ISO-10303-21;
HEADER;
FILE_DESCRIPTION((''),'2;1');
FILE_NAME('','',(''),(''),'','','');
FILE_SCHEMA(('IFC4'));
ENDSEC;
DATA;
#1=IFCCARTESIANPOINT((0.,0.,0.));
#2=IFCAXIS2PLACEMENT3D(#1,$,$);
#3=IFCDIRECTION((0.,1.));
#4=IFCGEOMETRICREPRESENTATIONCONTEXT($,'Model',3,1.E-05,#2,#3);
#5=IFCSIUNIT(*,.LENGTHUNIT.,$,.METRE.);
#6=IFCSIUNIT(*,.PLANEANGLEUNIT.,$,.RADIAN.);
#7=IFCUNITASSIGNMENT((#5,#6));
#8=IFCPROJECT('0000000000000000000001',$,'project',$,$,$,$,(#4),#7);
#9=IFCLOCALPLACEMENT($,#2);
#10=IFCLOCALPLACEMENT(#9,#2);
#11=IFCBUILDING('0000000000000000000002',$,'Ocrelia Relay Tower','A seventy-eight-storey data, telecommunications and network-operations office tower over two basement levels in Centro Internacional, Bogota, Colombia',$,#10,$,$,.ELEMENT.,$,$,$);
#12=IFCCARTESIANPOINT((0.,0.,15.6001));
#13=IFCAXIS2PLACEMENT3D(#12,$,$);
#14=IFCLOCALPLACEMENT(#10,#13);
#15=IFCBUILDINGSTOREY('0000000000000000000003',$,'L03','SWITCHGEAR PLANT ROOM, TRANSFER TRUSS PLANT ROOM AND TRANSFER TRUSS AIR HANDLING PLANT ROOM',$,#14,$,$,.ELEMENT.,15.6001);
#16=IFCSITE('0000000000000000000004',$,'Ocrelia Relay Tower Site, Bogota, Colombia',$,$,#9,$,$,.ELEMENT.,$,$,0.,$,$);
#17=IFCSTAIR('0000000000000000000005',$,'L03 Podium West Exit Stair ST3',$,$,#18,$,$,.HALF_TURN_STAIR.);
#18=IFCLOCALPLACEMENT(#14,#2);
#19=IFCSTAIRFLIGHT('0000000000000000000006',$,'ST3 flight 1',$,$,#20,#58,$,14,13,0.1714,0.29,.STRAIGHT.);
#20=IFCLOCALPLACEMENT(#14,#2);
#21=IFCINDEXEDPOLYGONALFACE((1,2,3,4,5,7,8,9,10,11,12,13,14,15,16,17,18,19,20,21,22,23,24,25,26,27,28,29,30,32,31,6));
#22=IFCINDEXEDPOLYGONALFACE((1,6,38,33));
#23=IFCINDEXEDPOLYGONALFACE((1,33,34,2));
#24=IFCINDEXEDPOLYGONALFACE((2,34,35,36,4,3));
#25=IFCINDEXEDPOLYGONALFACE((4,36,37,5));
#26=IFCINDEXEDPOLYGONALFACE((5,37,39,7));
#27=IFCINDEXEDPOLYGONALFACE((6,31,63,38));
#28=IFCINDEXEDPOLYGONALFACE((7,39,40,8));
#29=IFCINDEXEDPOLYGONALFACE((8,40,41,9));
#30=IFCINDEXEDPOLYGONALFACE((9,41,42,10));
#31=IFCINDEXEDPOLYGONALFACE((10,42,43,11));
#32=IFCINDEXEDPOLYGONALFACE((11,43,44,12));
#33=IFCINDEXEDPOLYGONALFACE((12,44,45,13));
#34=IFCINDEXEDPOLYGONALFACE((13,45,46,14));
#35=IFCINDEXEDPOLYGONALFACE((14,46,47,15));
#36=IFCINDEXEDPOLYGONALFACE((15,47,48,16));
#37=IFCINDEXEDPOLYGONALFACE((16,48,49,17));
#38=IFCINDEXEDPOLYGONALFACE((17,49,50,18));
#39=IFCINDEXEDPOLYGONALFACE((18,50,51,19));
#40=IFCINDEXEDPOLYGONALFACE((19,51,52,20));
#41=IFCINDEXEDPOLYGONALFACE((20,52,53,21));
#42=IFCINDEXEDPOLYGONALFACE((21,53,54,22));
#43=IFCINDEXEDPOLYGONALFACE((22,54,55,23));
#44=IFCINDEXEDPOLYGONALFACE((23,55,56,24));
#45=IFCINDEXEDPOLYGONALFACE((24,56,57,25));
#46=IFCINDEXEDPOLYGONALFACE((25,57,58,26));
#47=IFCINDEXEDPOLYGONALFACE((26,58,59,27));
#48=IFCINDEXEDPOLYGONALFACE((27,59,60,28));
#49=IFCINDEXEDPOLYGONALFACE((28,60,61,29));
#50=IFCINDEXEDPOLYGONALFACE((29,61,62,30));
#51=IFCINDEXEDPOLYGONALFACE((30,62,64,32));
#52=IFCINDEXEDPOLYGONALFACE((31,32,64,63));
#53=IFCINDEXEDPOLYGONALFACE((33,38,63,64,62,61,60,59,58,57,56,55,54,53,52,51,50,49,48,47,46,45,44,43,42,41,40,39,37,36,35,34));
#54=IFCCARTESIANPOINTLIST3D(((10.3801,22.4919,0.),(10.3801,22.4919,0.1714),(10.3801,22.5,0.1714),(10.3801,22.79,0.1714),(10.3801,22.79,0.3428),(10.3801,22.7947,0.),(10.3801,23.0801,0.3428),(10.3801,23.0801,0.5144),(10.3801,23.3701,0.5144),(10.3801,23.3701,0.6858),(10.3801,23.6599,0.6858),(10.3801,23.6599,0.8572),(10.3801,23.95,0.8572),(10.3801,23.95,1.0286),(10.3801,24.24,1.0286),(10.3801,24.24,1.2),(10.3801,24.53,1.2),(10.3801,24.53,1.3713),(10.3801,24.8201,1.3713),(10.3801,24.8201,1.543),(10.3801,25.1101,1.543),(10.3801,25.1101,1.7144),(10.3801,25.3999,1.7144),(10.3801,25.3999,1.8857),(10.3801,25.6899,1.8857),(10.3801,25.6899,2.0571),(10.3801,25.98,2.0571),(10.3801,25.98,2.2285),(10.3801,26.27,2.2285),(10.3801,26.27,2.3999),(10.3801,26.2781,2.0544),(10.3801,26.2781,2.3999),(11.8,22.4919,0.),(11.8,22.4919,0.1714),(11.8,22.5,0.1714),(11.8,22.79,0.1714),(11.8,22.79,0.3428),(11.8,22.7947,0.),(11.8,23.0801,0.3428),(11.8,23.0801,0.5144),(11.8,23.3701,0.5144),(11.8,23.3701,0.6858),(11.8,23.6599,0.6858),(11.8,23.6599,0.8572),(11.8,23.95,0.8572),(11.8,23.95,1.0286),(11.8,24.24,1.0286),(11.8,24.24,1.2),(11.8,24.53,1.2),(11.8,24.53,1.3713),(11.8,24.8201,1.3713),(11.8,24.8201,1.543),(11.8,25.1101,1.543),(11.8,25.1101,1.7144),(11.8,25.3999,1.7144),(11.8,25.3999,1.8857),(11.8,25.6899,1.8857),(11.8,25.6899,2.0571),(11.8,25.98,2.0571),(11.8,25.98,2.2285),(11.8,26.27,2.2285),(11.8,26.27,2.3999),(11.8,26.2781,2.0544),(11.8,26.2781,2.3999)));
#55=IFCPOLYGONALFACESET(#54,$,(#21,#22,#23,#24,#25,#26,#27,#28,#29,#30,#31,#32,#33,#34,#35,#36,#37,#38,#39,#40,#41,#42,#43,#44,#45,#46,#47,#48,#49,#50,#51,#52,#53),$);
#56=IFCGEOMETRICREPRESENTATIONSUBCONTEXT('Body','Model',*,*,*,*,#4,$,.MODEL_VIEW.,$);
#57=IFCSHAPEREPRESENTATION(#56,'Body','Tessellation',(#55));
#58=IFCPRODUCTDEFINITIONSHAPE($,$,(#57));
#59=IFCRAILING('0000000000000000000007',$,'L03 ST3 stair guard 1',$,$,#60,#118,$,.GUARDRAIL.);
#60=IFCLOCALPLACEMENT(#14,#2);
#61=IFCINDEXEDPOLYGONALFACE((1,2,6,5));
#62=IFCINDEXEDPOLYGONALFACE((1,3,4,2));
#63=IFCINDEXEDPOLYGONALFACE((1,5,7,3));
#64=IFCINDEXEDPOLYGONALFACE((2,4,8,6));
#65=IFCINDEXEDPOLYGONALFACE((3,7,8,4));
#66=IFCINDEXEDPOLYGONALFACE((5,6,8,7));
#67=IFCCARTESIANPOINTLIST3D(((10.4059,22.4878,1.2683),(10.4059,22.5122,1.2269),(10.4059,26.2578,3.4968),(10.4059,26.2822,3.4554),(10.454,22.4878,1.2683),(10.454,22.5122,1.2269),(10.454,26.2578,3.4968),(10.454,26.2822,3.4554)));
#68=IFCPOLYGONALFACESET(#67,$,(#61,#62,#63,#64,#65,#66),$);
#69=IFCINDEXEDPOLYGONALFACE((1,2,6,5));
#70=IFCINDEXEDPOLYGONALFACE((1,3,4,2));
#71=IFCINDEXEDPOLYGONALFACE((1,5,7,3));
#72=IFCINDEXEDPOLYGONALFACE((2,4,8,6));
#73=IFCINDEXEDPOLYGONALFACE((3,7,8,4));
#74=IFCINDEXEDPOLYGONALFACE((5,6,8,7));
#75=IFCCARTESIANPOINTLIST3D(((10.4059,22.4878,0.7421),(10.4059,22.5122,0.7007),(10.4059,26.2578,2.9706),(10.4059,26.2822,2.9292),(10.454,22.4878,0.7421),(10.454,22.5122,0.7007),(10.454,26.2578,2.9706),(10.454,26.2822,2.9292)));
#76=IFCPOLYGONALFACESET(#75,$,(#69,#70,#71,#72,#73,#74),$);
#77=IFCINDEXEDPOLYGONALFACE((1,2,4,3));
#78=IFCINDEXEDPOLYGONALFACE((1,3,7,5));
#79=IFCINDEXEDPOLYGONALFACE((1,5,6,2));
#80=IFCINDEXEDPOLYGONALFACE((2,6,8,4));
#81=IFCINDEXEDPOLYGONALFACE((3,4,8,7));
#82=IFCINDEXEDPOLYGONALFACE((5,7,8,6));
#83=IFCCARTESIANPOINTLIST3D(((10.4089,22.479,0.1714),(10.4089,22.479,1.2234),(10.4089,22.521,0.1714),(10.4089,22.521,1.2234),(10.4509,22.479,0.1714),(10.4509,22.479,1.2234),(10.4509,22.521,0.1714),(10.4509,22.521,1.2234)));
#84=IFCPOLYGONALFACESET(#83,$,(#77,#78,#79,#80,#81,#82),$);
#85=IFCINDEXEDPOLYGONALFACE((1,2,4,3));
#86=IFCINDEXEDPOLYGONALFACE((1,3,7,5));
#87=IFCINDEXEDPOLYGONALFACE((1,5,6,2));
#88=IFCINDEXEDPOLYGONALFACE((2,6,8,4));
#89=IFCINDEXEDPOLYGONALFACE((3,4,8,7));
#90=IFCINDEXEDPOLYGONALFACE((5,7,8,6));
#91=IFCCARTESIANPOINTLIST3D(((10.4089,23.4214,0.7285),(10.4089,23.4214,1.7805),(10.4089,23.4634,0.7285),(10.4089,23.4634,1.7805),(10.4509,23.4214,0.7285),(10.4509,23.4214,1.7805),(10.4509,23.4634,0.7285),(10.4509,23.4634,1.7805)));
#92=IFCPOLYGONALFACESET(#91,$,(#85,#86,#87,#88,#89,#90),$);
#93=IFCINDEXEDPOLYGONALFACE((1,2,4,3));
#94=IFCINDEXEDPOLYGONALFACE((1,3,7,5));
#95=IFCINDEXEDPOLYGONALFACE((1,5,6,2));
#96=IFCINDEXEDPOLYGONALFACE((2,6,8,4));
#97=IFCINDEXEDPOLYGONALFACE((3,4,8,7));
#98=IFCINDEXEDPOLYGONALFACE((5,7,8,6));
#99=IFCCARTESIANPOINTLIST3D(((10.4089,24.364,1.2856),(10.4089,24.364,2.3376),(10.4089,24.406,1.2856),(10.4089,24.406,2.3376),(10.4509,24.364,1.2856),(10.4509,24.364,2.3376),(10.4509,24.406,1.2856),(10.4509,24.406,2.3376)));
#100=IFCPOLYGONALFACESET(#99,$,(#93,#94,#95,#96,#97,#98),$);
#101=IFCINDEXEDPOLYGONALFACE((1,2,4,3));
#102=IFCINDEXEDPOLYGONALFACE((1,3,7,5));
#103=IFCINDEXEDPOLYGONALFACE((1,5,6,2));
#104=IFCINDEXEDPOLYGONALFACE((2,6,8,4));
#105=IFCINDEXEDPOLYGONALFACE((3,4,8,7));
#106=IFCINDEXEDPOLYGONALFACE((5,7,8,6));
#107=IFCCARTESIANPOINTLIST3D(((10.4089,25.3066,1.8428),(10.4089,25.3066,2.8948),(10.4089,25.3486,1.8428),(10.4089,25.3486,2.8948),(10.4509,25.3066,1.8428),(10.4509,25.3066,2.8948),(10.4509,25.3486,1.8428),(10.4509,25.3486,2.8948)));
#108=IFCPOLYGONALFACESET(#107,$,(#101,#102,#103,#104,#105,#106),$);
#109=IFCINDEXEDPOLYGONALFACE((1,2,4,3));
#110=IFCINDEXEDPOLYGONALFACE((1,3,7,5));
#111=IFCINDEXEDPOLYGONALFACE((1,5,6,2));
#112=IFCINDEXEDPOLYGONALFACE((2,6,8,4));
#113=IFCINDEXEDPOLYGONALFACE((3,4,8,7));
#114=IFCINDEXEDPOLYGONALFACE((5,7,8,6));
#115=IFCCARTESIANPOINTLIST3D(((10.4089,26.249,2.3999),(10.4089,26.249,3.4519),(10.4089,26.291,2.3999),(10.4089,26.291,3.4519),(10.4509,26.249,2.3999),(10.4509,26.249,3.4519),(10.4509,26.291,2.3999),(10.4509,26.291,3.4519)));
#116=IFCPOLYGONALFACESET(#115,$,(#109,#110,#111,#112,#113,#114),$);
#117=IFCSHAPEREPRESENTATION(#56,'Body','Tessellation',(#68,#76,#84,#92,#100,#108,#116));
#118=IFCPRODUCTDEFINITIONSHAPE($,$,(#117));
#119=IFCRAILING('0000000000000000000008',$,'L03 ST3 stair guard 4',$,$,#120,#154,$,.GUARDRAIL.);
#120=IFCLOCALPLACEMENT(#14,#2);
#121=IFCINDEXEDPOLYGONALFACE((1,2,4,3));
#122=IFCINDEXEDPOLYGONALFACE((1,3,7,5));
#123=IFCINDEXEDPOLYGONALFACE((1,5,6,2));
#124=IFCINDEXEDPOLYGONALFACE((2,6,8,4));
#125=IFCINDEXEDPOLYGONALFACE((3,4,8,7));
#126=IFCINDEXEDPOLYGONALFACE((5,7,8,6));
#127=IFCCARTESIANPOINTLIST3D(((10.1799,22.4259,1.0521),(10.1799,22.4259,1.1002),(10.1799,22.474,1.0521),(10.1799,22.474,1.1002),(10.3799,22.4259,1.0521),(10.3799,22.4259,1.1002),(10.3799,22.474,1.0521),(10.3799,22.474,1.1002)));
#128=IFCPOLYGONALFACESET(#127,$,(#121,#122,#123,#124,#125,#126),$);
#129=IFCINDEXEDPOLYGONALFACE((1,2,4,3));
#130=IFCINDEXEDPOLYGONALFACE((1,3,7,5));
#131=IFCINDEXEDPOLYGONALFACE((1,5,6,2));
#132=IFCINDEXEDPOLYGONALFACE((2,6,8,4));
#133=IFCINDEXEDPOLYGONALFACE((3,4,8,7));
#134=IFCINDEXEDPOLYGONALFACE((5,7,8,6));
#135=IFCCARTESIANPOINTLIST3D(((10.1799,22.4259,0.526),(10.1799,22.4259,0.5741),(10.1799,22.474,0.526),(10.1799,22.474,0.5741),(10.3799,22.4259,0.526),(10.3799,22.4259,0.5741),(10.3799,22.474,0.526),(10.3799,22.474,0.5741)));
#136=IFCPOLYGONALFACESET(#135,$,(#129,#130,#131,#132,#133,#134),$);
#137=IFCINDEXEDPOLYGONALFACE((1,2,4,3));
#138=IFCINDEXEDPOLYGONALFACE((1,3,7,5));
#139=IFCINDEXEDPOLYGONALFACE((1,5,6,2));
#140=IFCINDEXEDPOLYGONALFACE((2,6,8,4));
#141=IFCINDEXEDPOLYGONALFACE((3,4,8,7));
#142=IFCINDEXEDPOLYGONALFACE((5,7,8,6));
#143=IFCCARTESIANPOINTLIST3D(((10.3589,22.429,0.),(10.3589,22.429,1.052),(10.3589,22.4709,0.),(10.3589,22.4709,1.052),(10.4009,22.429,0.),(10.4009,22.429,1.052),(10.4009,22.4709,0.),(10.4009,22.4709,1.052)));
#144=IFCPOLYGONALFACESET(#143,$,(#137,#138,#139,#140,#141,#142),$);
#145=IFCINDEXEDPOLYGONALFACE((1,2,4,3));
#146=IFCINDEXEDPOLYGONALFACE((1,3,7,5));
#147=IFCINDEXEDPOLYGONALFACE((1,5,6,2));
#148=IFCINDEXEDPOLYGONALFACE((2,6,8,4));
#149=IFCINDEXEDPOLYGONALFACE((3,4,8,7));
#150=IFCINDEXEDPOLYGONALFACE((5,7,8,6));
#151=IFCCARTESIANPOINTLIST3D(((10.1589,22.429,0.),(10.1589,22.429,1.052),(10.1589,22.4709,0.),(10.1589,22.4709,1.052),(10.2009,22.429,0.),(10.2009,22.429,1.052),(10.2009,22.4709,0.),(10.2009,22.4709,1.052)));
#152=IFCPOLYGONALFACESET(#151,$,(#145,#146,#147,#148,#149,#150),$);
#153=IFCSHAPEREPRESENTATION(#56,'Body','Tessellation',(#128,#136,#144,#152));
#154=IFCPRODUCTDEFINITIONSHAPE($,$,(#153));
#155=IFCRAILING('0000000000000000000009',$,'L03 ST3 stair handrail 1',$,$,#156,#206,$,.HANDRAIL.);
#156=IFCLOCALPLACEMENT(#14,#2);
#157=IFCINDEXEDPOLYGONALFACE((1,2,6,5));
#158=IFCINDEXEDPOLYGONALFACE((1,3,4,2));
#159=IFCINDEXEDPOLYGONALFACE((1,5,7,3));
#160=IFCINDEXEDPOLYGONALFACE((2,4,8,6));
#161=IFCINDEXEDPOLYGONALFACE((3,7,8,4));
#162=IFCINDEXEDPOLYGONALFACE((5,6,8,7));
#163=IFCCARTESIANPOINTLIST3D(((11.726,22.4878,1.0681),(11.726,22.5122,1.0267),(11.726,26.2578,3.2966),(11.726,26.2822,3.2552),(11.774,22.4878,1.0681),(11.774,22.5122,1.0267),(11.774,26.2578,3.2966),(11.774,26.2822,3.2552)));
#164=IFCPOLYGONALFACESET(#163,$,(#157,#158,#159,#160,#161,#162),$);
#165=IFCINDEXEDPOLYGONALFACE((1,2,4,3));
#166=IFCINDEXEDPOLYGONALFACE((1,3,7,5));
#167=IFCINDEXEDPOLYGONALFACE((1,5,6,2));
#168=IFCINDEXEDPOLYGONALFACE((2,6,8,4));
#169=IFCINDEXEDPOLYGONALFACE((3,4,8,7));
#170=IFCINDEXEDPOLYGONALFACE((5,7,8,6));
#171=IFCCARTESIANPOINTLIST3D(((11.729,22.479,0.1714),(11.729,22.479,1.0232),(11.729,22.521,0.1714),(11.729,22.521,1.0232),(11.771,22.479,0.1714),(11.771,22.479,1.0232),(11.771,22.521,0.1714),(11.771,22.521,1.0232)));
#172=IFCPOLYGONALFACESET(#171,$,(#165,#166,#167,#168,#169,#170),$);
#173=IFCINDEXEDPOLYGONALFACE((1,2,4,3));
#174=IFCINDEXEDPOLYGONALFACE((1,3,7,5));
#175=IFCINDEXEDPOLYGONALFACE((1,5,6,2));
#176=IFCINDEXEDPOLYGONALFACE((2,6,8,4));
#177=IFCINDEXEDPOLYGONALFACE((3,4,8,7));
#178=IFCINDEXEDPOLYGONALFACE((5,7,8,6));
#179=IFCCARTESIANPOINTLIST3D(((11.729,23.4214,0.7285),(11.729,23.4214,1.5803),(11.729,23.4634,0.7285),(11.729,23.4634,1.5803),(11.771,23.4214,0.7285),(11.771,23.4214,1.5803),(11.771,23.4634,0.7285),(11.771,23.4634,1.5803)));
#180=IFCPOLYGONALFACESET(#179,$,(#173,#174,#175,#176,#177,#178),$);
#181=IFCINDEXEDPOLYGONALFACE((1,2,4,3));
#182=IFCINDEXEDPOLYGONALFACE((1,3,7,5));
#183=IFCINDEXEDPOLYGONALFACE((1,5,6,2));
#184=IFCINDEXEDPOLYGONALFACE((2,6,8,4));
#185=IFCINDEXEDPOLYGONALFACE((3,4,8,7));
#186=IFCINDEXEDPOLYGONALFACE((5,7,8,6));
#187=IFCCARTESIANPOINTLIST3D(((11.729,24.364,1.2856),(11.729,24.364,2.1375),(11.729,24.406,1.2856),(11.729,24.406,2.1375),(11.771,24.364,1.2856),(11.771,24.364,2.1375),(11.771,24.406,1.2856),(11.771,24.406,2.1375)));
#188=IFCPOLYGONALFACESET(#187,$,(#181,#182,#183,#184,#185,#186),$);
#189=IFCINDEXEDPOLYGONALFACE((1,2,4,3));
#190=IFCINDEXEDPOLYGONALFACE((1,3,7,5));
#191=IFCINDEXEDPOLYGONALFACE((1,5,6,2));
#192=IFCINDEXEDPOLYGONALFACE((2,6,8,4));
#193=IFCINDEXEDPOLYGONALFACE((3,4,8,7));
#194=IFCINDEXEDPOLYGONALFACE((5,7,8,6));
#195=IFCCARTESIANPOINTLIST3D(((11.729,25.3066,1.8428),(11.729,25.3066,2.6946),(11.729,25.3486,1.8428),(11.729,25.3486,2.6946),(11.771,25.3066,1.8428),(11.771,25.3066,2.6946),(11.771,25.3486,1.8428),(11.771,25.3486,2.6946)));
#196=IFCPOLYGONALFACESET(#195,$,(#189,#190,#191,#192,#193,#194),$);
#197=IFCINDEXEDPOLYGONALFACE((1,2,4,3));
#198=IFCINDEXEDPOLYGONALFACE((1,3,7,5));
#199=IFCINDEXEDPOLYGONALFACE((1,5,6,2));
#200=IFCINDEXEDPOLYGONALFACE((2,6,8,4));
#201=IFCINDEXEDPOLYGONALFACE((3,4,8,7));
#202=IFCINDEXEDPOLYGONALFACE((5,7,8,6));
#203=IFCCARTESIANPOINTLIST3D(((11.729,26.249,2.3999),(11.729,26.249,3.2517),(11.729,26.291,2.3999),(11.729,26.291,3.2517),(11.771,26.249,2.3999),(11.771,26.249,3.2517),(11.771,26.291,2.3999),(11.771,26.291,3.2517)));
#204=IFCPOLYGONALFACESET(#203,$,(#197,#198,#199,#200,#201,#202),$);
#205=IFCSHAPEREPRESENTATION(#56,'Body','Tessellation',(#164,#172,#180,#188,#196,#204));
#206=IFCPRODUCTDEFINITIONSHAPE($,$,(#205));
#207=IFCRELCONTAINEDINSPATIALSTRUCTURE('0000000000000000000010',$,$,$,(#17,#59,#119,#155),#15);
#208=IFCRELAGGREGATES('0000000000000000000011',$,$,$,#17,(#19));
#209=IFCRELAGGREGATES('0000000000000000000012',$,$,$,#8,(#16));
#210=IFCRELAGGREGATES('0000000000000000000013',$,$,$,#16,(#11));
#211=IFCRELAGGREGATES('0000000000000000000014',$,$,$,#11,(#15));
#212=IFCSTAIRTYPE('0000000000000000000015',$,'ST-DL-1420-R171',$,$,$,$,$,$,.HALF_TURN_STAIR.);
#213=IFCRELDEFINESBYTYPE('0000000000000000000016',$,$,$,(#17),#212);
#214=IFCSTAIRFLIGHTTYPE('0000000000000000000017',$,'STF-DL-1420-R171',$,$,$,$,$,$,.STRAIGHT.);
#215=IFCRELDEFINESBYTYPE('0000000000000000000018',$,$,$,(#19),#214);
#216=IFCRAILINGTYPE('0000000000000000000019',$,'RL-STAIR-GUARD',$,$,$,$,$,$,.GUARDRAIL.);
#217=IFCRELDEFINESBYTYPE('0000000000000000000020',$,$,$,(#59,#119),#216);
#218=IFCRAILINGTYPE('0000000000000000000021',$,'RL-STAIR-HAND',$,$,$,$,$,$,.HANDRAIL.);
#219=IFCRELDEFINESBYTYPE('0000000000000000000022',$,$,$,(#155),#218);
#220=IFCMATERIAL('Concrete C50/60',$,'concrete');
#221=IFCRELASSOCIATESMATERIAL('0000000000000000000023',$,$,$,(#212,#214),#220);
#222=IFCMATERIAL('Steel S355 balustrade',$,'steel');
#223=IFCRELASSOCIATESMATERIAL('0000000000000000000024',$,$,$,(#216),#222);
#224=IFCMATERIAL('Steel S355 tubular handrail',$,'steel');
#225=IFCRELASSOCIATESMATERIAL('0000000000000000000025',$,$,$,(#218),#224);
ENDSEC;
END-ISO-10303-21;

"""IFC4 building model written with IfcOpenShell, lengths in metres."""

from ifc_helpers import new_model, si_unit, direction, frame, origin, origin_2d, place, context, subcontext, project, spatial, polyline, rectangle, outline, extrude, material, type_object, element, aggregate, save


model = new_model("IFC4")

# Units and contexts
model_context = context("Model", 3, precision=1e-05, world=origin(), true_north=direction((0.0, 1.0)))
body_context = subcontext(model_context, "Body", "Model", "MODEL_VIEW")
ifc_project = project(units=[si_unit("LENGTHUNIT", "METRE"), si_unit("PLANEANGLEUNIT", "RADIAN")], contexts=[model_context])

# Site, building, storey
site_placement = place(None, origin())
site = spatial("IfcSite", under=ifc_project, at=site_placement, Name="Ocrelia Relay Tower Site, Bogota, Colombia", CompositionType="ELEMENT", RefElevation=0.0)
building_placement = place(site_placement, origin())
building = spatial("IfcBuilding", under=site, at=building_placement, Name="Ocrelia Relay Tower", Description="A seventy-eight-storey data, telecommunications and network-operations office tower over two basement levels in Centro Internacional, Bogota, Colombia", CompositionType="ELEMENT")
storey_placement = place(building_placement, frame((0.0, 0.0, 15.6001)))
storey = spatial("IfcBuildingStorey", under=building, at=storey_placement, Name="L03", Description="SWITCHGEAR PLANT ROOM, TRANSFER TRUSS PLANT ROOM AND TRANSFER TRUSS AIR HANDLING PLANT ROOM", CompositionType="ELEMENT", Elevation=15.6001)

# Shared definitions
ifc_material_1 = material(Name="Concrete C50/60", Category="concrete")

# Stair
stair_type = type_object("IfcStairType", Name="ST-DL-1420-R171", PredefinedType="HALF_TURN_STAIR", material=ifc_material_1)
stair_1_placement = place(storey_placement, origin())
stair_1 = element("IfcStair", 1, at=stair_1_placement, inside=storey, type_object=stair_type, Name="L03 Podium West Exit Stair ST3", PredefinedType="HALF_TURN_STAIR")

# Stair flight
stair_flight_type = type_object("IfcStairFlightType", Name="STF-DL-1420-R171", PredefinedType="STRAIGHT", material=ifc_material_1)
stair_flight_placement = place(storey_placement, frame((11.0901, 22.5, 0.0), z_axis=(0.0, 0.0, 1.0), x_axis=(0.0, 1.0, 0.0)))
stair_flight = element("IfcStairFlight", 2, at=stair_flight_placement, type_object=stair_flight_type, Name="ST3 flight 1", NumberOfRisers=14, NumberOfTreads=13, PredefinedType="STRAIGHT", RiserHeight=0.1714, TreadLength=0.29, context=body_context, shape_type="SweptSolid", body=[
    extrude(outline(polyline([(-0.0081, 0.0), (-0.0081, 0.1714), (0.0, 0.1714), (0.29, 0.1714), (0.29, 0.3428), (0.5801, 0.3428), (0.5801, 0.5144), (0.8701, 0.5144), (0.8701, 0.6858), (1.1599, 0.6858), (1.1599, 0.8572), (1.45, 0.8572), (1.45, 1.0286), (1.74, 1.0286), (1.74, 1.2), (2.03, 1.2), (2.03, 1.3713), (2.3201, 1.3713), (2.3201, 1.543), (2.6101, 1.543), (2.6101, 1.7144), (2.8999, 1.7144), (2.8999, 1.8857), (3.1899, 1.8857), (3.1899, 2.0571), (3.48, 2.0571), (3.48, 2.2285), (3.77, 2.2285), (3.77, 2.3999), (3.7781, 2.3999), (3.7781, 2.0544), (0.2947, 0.0), (-0.0081, 0.0)])), frame((0.0, 0.71, 0.0), z_axis=(0.0, -1.0, 0.0), x_axis=(1.0, 0.0, 0.0)), (0.0, 0.0, 1.0), 1.4199),
])
aggregate(stair_1, [stair_flight])

# Railings
ifc_material_2 = material(Name="Steel S355 balustrade", Category="steel")
railing_type_1 = type_object("IfcRailingType", Name="RL-STAIR-GUARD", PredefinedType="GUARDRAIL", material=ifc_material_2)
railing_1_placement = place(storey_placement, frame((10.4299, 22.5, 0.1714)))
element("IfcRailing", 3, at=railing_1_placement, inside=storey, type_object=railing_type_1, Name="L03 ST3 stair guard 1", PredefinedType="GUARDRAIL", context=body_context, shape_type="SweptSolid", body=[
    extrude(rectangle(XDim=0.0481, YDim=0.0481, at=origin_2d()), frame((0.0, 0.0, 1.0762), z_axis=(0.0, 0.860849, 0.508861), x_axis=(-1.0, 0.0, 0.0)), (0.0, 0.0, 1.0), 4.3794),
    extrude(rectangle(XDim=0.0481, YDim=0.0481, at=origin_2d()), frame((0.0, 0.0, 0.55), z_axis=(0.0, 0.860849, 0.508861), x_axis=(-1.0, 0.0, 0.0)), (0.0, 0.0, 1.0), 4.3794),
    extrude(rectangle(XDim=0.042, YDim=0.042, at=origin_2d()), origin(), (0.0, 0.0, 1.0), 1.052),
    extrude(rectangle(XDim=0.042, YDim=0.042, at=origin_2d()), frame((0.0, 0.9424, 0.5571)), (0.0, 0.0, 1.0), 1.052),
    extrude(rectangle(XDim=0.042, YDim=0.042, at=origin_2d()), frame((0.0, 1.885, 1.1143)), (0.0, 0.0, 1.0), 1.052),
    extrude(rectangle(XDim=0.042, YDim=0.042, at=origin_2d()), frame((0.0, 2.8276, 1.6714)), (0.0, 0.0, 1.0), 1.052),
    extrude(rectangle(XDim=0.042, YDim=0.042, at=origin_2d()), frame((0.0, 3.77, 2.2285)), (0.0, 0.0, 1.0), 1.052),
])
railing_2_placement = place(storey_placement, frame((10.3799, 22.45, 0.0)))
element("IfcRailing", 4, at=railing_2_placement, inside=storey, type_object=railing_type_1, Name="L03 ST3 stair guard 4", PredefinedType="GUARDRAIL", context=body_context, shape_type="SweptSolid", body=[
    extrude(rectangle(XDim=0.0481, YDim=0.0481, at=origin_2d()), frame((0.0, 0.0, 1.0762), z_axis=(-1.0, 0.0, 0.0), x_axis=(0.0, -1.0, 0.0)), (0.0, 0.0, 1.0), 0.2),
    extrude(rectangle(XDim=0.0481, YDim=0.0481, at=origin_2d()), frame((0.0, 0.0, 0.55), z_axis=(-1.0, 0.0, 0.0), x_axis=(0.0, -1.0, 0.0)), (0.0, 0.0, 1.0), 0.2),
    extrude(rectangle(XDim=0.042, YDim=0.042, at=origin_2d()), origin(), (0.0, 0.0, 1.0), 1.052),
    extrude(rectangle(XDim=0.042, YDim=0.042, at=origin_2d()), frame((-0.2, 0.0, 0.0)), (0.0, 0.0, 1.0), 1.052),
])
ifc_material_3 = material(Name="Steel S355 tubular handrail", Category="steel")
railing_type_2 = type_object("IfcRailingType", Name="RL-STAIR-HAND", PredefinedType="HANDRAIL", material=ifc_material_3)
railing_3_placement = place(storey_placement, frame((11.75, 22.5, 0.1714)))
element("IfcRailing", 5, at=railing_3_placement, inside=storey, type_object=railing_type_2, Name="L03 ST3 stair handrail 1", PredefinedType="HANDRAIL", context=body_context, shape_type="SweptSolid", body=[
    extrude(rectangle(XDim=0.0481, YDim=0.0481, at=origin_2d()), frame((0.0, 0.0, 0.876), z_axis=(0.0, 0.860849, 0.508861), x_axis=(-1.0, 0.0, 0.0)), (0.0, 0.0, 1.0), 4.3794),
    extrude(rectangle(XDim=0.042, YDim=0.042, at=origin_2d()), origin(), (0.0, 0.0, 1.0), 0.8518),
    extrude(rectangle(XDim=0.042, YDim=0.042, at=origin_2d()), frame((0.0, 0.9424, 0.5571)), (0.0, 0.0, 1.0), 0.8518),
    extrude(rectangle(XDim=0.042, YDim=0.042, at=origin_2d()), frame((0.0, 1.885, 1.1143)), (0.0, 0.0, 1.0), 0.8518),
    extrude(rectangle(XDim=0.042, YDim=0.042, at=origin_2d()), frame((0.0, 2.8276, 1.6714)), (0.0, 0.0, 1.0), 0.8518),
    extrude(rectangle(XDim=0.042, YDim=0.042, at=origin_2d()), frame((0.0, 3.77, 2.2285)), (0.0, 0.0, 1.0), 0.8518),
])

save(model, "model.ifc")
